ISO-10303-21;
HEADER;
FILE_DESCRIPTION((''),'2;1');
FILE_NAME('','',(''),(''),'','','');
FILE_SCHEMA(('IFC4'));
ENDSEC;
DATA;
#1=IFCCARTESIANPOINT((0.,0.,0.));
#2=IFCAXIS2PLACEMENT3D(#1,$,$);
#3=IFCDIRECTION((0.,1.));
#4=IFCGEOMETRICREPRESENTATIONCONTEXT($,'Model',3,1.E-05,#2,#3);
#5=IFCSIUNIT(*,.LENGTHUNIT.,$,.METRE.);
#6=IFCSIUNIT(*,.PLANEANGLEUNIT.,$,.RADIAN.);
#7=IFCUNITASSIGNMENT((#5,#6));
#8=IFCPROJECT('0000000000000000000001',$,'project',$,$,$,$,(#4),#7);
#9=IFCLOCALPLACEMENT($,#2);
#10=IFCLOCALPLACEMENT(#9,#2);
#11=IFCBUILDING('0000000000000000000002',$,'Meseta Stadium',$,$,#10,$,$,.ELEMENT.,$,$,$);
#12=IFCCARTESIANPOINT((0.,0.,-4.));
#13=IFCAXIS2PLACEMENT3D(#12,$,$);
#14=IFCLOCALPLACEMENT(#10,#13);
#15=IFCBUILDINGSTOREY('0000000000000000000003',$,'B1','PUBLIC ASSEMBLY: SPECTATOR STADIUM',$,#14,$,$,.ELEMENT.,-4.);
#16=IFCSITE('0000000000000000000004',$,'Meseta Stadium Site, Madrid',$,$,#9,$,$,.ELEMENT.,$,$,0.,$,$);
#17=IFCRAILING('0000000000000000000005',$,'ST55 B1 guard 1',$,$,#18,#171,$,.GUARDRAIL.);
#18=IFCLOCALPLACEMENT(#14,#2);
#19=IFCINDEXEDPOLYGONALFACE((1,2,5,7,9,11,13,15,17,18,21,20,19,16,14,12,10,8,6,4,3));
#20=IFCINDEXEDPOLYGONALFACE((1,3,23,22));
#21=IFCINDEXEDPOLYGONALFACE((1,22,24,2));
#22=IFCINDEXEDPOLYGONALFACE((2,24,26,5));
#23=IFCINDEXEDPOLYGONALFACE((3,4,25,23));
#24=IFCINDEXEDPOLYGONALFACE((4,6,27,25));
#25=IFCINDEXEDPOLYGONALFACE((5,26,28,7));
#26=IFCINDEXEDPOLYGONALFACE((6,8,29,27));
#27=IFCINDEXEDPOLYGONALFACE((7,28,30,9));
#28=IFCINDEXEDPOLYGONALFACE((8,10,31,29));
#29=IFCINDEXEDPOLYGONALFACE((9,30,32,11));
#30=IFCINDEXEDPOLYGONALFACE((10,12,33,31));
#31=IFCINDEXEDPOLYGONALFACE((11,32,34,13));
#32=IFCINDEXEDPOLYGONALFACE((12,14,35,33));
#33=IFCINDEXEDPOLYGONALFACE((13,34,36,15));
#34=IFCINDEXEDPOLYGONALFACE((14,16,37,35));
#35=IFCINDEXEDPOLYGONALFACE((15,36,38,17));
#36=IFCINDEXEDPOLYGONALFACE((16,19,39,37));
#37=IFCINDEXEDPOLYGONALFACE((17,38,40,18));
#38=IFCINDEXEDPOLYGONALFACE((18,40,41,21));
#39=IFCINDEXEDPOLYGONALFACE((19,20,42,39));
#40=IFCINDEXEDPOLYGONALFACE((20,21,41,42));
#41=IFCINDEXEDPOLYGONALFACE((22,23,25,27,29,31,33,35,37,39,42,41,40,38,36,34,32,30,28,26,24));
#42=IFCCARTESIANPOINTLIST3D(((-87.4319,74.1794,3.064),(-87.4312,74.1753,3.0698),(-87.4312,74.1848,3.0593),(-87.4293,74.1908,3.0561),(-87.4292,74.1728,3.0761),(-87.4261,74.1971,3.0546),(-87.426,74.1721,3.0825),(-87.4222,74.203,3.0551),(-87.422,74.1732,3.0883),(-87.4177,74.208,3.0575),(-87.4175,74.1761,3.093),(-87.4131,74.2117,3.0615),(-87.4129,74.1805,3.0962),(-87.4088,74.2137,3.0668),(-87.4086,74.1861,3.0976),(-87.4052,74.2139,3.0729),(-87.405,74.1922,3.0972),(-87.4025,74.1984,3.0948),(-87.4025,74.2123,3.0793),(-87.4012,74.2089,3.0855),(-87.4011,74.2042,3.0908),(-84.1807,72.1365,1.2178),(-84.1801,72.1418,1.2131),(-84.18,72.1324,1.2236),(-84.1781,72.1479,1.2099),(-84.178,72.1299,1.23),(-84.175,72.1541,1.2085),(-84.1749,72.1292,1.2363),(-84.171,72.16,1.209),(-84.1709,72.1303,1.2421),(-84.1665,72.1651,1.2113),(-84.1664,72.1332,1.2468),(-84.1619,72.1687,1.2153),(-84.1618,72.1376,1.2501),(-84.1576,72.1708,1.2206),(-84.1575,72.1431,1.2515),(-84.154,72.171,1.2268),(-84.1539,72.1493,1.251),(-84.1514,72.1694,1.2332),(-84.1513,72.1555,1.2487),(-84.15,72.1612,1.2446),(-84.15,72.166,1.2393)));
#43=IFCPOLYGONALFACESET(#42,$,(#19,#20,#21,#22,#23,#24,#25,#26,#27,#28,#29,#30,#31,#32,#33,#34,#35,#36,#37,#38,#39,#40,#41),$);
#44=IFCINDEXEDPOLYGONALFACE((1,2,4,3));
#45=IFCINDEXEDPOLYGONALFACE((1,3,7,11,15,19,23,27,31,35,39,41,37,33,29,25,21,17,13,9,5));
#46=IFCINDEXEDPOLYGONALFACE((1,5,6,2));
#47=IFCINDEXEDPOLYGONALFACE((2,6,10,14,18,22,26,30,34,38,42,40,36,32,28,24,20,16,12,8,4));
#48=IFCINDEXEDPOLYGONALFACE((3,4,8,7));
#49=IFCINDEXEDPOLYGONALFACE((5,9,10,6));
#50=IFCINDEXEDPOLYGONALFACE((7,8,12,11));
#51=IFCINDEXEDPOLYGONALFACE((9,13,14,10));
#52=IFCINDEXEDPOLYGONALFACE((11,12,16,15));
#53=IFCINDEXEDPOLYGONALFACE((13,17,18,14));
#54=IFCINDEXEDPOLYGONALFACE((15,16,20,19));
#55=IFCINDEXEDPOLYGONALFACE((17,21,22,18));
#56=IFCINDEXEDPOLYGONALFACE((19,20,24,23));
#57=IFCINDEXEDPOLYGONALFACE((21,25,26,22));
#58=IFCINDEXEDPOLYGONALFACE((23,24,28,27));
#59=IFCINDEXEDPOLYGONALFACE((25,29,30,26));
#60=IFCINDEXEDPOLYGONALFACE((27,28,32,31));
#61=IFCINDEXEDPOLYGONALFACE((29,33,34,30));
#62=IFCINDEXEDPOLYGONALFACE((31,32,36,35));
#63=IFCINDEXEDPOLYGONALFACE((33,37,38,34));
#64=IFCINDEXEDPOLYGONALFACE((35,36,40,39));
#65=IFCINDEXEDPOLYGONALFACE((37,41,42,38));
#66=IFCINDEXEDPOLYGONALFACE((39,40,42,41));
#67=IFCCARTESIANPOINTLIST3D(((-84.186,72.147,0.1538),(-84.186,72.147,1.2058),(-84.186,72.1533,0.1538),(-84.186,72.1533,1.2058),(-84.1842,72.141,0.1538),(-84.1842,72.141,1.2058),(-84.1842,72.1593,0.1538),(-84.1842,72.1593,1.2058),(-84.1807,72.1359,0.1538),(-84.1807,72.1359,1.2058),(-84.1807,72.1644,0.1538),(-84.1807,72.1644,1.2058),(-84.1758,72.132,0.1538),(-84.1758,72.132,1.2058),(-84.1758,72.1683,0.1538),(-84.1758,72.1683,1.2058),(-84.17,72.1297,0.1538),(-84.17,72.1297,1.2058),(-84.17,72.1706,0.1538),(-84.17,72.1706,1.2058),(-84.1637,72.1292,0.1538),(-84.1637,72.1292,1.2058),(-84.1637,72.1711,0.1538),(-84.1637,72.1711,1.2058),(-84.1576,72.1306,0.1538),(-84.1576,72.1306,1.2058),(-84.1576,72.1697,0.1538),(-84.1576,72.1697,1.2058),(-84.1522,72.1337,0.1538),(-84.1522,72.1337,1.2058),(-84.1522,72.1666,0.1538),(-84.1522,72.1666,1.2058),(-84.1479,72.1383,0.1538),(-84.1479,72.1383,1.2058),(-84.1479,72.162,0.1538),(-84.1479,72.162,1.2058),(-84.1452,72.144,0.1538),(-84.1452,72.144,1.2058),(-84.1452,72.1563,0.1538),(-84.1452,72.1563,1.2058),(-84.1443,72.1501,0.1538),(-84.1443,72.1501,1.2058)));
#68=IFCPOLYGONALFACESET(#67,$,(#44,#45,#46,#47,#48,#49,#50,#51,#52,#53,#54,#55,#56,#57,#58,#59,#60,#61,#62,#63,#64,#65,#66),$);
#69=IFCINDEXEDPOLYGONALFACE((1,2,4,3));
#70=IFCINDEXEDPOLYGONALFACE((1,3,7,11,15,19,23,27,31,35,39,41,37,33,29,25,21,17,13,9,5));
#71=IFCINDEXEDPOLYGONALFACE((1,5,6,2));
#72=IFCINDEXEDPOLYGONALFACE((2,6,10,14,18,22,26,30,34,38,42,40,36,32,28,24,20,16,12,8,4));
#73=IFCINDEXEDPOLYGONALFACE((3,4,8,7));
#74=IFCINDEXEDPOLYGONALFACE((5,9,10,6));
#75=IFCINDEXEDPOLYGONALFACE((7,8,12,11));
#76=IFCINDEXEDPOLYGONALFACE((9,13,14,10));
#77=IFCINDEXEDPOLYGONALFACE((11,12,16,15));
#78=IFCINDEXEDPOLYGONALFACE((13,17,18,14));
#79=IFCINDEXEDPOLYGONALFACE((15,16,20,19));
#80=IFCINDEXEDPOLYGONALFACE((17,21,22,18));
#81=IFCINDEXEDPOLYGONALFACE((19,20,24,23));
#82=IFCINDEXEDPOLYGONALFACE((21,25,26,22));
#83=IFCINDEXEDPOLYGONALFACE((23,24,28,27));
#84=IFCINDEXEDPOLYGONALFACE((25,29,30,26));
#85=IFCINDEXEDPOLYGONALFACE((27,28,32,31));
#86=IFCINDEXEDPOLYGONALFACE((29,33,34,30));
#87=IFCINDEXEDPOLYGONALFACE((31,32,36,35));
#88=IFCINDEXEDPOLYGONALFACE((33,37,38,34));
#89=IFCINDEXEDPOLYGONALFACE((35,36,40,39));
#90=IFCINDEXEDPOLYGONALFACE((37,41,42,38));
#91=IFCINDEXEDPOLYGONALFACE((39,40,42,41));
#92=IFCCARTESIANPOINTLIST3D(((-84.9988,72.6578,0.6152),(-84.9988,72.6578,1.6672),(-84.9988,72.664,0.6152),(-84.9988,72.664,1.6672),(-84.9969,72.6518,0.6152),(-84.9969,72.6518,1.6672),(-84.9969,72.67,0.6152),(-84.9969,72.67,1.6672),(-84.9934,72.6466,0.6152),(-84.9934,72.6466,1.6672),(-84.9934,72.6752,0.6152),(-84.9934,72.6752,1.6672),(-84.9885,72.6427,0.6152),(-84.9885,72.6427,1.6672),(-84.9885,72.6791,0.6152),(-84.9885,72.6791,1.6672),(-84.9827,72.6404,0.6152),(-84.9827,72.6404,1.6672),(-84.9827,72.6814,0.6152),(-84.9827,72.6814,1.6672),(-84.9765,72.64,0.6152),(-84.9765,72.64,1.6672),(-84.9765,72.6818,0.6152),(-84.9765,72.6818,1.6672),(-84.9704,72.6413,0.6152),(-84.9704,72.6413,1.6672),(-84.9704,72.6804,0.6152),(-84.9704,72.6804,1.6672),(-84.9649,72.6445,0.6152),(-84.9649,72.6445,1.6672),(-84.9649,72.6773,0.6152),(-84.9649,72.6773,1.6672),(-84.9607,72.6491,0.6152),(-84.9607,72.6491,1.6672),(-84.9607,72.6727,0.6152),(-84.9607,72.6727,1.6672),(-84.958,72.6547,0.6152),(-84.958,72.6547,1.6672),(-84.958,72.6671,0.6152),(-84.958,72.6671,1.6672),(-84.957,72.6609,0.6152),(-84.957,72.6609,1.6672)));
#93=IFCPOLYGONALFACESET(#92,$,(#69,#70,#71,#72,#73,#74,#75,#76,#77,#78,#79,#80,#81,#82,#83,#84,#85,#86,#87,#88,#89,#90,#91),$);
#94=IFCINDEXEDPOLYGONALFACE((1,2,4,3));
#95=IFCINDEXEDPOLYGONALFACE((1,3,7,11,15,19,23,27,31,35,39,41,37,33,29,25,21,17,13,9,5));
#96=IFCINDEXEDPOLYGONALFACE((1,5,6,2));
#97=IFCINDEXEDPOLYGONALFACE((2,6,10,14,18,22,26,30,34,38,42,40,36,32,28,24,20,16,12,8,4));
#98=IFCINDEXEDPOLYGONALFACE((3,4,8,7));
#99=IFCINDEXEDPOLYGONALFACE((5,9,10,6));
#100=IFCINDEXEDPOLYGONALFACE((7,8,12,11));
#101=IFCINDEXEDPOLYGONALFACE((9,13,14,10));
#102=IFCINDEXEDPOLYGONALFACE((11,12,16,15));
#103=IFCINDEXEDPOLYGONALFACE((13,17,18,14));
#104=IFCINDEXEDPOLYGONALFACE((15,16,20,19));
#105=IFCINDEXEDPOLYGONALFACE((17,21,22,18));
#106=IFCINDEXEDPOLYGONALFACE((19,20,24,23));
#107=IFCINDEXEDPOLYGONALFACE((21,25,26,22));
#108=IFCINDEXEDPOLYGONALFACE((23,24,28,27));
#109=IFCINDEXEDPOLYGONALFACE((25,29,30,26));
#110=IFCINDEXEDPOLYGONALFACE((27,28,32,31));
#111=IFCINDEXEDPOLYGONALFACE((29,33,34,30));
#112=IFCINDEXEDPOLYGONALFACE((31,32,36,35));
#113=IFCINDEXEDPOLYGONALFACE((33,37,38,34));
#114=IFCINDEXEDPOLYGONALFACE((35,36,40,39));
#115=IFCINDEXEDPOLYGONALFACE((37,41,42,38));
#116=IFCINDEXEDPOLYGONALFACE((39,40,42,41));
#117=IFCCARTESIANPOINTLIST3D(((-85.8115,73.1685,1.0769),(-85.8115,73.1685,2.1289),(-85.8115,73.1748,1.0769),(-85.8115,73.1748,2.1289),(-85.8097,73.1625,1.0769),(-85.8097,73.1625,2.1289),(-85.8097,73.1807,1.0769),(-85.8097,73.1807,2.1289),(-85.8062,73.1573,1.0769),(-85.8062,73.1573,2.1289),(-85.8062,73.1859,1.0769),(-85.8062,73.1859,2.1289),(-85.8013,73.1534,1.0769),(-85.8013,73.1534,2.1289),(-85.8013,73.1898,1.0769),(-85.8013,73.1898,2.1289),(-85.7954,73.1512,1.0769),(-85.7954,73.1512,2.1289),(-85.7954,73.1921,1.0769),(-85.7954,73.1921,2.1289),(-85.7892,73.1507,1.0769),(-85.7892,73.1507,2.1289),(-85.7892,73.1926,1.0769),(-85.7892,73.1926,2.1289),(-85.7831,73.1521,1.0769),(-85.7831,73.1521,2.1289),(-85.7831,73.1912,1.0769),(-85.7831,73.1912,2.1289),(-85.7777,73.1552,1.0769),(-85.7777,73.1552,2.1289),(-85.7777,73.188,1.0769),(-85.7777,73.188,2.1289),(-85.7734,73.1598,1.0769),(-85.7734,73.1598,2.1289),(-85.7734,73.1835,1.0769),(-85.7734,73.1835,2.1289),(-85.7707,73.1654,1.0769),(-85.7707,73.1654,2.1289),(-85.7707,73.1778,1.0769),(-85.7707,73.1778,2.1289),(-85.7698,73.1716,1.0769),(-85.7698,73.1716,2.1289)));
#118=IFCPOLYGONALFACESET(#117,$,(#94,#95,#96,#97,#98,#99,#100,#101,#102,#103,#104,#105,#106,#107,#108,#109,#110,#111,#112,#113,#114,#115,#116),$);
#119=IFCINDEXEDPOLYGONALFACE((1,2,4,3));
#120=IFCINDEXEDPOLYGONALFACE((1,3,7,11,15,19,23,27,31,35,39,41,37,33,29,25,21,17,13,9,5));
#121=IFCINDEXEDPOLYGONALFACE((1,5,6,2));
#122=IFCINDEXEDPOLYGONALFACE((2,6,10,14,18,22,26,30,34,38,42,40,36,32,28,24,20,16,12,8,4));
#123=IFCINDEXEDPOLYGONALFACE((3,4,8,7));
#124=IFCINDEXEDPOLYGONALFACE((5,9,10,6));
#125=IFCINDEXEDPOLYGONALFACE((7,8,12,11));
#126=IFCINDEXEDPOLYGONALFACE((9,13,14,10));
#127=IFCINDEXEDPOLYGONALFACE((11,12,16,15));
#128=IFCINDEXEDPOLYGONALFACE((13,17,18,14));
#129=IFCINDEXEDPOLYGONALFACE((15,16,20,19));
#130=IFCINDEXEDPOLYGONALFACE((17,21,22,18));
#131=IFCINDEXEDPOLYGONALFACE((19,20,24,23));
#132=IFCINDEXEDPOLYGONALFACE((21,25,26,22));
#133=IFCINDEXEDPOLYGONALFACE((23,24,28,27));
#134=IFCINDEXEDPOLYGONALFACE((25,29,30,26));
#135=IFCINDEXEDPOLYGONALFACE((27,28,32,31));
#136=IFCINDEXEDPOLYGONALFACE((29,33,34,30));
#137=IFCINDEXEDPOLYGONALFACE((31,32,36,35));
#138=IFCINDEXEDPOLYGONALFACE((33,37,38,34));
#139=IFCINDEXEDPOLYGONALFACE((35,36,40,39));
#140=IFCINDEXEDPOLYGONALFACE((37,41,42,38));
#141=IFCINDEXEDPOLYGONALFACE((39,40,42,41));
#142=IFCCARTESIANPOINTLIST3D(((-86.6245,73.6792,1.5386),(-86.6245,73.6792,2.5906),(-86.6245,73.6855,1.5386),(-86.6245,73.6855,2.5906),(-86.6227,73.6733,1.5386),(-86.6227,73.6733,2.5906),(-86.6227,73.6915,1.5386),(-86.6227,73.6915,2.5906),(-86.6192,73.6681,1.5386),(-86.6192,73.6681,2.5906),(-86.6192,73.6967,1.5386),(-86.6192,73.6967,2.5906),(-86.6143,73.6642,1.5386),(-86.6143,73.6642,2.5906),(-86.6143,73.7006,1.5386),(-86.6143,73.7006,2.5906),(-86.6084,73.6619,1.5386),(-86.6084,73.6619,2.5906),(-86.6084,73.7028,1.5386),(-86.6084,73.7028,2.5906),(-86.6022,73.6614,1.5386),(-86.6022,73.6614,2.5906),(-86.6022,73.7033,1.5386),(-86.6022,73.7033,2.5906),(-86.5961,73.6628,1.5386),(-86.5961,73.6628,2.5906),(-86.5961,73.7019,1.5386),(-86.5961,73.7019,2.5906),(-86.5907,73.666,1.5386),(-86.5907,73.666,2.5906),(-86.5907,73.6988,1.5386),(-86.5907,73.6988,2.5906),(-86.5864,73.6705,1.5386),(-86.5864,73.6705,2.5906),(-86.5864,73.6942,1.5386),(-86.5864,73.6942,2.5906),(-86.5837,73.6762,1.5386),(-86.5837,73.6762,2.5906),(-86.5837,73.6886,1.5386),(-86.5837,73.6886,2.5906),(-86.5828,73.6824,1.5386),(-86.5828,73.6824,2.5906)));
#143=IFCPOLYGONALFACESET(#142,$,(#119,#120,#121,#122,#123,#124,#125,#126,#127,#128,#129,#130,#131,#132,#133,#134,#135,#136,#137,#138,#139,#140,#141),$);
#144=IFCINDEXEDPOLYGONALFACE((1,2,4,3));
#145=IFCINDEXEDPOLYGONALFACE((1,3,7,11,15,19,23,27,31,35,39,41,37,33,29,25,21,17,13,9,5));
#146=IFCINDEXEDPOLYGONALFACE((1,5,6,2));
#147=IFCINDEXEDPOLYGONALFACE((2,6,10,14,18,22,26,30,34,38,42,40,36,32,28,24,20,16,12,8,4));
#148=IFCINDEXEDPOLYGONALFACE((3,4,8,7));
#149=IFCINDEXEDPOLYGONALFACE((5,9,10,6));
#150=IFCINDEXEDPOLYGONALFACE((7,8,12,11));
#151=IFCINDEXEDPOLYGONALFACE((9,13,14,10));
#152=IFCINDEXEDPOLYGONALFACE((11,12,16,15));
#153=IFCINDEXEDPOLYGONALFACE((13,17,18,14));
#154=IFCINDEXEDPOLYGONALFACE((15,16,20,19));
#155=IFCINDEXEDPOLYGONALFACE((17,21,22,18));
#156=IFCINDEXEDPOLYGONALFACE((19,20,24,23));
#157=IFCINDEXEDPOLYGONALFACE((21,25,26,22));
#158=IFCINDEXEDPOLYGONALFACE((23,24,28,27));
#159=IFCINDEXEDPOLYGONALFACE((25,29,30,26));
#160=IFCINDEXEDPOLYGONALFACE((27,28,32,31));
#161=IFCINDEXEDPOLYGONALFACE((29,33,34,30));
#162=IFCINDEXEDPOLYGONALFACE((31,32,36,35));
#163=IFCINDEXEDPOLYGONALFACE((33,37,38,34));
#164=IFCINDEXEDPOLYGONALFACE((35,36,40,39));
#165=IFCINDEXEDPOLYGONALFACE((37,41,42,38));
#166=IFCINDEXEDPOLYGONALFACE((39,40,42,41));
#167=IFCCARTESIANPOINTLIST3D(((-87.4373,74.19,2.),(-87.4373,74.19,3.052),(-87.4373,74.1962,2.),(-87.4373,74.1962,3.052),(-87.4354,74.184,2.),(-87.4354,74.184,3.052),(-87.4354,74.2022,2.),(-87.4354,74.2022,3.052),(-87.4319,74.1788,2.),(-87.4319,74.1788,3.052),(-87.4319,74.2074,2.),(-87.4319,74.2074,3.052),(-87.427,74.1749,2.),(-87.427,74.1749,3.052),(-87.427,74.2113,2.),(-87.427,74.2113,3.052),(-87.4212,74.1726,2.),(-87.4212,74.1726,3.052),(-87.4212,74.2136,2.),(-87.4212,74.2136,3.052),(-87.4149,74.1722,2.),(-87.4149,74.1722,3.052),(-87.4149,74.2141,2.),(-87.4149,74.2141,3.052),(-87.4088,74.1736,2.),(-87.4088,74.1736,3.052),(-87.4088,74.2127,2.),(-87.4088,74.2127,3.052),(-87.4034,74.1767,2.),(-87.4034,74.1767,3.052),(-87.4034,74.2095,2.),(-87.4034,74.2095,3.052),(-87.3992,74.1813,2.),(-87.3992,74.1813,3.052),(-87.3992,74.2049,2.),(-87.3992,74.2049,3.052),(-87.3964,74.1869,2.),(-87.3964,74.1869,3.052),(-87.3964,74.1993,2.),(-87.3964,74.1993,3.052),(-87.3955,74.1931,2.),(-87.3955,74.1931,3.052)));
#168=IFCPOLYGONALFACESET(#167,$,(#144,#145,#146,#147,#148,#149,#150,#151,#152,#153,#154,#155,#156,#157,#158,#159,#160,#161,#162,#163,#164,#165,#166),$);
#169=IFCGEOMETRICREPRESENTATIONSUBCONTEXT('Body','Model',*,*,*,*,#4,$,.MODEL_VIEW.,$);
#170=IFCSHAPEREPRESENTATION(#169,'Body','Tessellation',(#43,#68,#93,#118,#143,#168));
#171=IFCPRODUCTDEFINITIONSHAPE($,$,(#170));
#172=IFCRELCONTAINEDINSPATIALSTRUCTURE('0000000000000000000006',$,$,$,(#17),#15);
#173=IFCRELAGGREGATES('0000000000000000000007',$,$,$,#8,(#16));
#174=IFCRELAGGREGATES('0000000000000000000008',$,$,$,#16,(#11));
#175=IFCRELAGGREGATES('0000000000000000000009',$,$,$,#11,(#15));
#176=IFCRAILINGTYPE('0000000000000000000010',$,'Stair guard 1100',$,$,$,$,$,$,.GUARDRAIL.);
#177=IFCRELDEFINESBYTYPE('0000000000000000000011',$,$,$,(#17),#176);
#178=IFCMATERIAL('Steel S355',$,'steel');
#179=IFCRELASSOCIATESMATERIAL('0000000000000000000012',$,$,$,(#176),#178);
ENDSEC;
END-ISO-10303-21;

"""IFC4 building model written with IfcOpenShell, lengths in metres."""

from ifc_helpers import new_model, si_unit, direction, frame, origin, origin_2d, place, context, subcontext, project, spatial, circle, extrude, material, type_object, element, save


model = new_model("IFC4")

# Units and contexts
model_context = context("Model", 3, precision=1e-05, world=origin(), true_north=direction((0.0, 1.0)))
body_context = subcontext(model_context, "Body", "Model", "MODEL_VIEW")
ifc_project = project(units=[si_unit("LENGTHUNIT", "METRE"), si_unit("PLANEANGLEUNIT", "RADIAN")], contexts=[model_context])

# Site, building, storey
site_placement = place(None, origin())
site = spatial("IfcSite", under=ifc_project, at=site_placement, Name="Meseta Stadium Site, Madrid", CompositionType="ELEMENT", RefElevation=0.0)
building_placement = place(site_placement, origin())
building = spatial("IfcBuilding", under=site, at=building_placement, Name="Meseta Stadium", CompositionType="ELEMENT")
storey_placement = place(building_placement, frame((0.0, 0.0, -4.0)))
storey = spatial("IfcBuildingStorey", under=building, at=storey_placement, Name="B1", Description="PUBLIC ASSEMBLY: SPECTATOR STADIUM", CompositionType="ELEMENT", Elevation=-4.0)

# Railing
ifc_material_1 = material(Name="Steel S355", Category="steel")
railing_type_1 = type_object("IfcRailingType", Name="Stair guard 1100", PredefinedType="GUARDRAIL", material=ifc_material_1)
railing_1_placement = place(storey_placement, frame((-84.1653, 72.1501, 0.1538)))
element("IfcRailing", 1, at=railing_1_placement, inside=storey, type_object=railing_type_1, Name="ST55 B1 guard 1", PredefinedType="GUARDRAIL", context=body_context, shape_type="SweptSolid", body=[
    extrude(circle(Radius=0.0239, at=origin_2d()), frame((0.0, 0.0, 1.0762), z_axis=(-0.763093, 0.479504, 0.433319), x_axis=(-0.532049, -0.846713, 0.0)), (0.0, 0.0, 1.0), 4.2605),
    extrude(circle(Radius=0.021, at=origin_2d()), origin(), (0.0, 0.0, 1.0), 1.052),
    extrude(circle(Radius=0.021, at=origin_2d()), frame((-0.8127, 0.5107, 0.4614)), (0.0, 0.0, 1.0), 1.052),
    extrude(circle(Radius=0.021, at=origin_2d()), frame((-1.6255, 1.0215, 0.9231)), (0.0, 0.0, 1.0), 1.052),
    extrude(circle(Radius=0.021, at=origin_2d()), frame((-2.4385, 1.5322, 1.3848)), (0.0, 0.0, 1.0), 1.052),
    extrude(circle(Radius=0.021, at=origin_2d()), frame((-3.2512, 2.043, 1.8462)), (0.0, 0.0, 1.0), 1.052),
])

save(model, "model.ifc")
